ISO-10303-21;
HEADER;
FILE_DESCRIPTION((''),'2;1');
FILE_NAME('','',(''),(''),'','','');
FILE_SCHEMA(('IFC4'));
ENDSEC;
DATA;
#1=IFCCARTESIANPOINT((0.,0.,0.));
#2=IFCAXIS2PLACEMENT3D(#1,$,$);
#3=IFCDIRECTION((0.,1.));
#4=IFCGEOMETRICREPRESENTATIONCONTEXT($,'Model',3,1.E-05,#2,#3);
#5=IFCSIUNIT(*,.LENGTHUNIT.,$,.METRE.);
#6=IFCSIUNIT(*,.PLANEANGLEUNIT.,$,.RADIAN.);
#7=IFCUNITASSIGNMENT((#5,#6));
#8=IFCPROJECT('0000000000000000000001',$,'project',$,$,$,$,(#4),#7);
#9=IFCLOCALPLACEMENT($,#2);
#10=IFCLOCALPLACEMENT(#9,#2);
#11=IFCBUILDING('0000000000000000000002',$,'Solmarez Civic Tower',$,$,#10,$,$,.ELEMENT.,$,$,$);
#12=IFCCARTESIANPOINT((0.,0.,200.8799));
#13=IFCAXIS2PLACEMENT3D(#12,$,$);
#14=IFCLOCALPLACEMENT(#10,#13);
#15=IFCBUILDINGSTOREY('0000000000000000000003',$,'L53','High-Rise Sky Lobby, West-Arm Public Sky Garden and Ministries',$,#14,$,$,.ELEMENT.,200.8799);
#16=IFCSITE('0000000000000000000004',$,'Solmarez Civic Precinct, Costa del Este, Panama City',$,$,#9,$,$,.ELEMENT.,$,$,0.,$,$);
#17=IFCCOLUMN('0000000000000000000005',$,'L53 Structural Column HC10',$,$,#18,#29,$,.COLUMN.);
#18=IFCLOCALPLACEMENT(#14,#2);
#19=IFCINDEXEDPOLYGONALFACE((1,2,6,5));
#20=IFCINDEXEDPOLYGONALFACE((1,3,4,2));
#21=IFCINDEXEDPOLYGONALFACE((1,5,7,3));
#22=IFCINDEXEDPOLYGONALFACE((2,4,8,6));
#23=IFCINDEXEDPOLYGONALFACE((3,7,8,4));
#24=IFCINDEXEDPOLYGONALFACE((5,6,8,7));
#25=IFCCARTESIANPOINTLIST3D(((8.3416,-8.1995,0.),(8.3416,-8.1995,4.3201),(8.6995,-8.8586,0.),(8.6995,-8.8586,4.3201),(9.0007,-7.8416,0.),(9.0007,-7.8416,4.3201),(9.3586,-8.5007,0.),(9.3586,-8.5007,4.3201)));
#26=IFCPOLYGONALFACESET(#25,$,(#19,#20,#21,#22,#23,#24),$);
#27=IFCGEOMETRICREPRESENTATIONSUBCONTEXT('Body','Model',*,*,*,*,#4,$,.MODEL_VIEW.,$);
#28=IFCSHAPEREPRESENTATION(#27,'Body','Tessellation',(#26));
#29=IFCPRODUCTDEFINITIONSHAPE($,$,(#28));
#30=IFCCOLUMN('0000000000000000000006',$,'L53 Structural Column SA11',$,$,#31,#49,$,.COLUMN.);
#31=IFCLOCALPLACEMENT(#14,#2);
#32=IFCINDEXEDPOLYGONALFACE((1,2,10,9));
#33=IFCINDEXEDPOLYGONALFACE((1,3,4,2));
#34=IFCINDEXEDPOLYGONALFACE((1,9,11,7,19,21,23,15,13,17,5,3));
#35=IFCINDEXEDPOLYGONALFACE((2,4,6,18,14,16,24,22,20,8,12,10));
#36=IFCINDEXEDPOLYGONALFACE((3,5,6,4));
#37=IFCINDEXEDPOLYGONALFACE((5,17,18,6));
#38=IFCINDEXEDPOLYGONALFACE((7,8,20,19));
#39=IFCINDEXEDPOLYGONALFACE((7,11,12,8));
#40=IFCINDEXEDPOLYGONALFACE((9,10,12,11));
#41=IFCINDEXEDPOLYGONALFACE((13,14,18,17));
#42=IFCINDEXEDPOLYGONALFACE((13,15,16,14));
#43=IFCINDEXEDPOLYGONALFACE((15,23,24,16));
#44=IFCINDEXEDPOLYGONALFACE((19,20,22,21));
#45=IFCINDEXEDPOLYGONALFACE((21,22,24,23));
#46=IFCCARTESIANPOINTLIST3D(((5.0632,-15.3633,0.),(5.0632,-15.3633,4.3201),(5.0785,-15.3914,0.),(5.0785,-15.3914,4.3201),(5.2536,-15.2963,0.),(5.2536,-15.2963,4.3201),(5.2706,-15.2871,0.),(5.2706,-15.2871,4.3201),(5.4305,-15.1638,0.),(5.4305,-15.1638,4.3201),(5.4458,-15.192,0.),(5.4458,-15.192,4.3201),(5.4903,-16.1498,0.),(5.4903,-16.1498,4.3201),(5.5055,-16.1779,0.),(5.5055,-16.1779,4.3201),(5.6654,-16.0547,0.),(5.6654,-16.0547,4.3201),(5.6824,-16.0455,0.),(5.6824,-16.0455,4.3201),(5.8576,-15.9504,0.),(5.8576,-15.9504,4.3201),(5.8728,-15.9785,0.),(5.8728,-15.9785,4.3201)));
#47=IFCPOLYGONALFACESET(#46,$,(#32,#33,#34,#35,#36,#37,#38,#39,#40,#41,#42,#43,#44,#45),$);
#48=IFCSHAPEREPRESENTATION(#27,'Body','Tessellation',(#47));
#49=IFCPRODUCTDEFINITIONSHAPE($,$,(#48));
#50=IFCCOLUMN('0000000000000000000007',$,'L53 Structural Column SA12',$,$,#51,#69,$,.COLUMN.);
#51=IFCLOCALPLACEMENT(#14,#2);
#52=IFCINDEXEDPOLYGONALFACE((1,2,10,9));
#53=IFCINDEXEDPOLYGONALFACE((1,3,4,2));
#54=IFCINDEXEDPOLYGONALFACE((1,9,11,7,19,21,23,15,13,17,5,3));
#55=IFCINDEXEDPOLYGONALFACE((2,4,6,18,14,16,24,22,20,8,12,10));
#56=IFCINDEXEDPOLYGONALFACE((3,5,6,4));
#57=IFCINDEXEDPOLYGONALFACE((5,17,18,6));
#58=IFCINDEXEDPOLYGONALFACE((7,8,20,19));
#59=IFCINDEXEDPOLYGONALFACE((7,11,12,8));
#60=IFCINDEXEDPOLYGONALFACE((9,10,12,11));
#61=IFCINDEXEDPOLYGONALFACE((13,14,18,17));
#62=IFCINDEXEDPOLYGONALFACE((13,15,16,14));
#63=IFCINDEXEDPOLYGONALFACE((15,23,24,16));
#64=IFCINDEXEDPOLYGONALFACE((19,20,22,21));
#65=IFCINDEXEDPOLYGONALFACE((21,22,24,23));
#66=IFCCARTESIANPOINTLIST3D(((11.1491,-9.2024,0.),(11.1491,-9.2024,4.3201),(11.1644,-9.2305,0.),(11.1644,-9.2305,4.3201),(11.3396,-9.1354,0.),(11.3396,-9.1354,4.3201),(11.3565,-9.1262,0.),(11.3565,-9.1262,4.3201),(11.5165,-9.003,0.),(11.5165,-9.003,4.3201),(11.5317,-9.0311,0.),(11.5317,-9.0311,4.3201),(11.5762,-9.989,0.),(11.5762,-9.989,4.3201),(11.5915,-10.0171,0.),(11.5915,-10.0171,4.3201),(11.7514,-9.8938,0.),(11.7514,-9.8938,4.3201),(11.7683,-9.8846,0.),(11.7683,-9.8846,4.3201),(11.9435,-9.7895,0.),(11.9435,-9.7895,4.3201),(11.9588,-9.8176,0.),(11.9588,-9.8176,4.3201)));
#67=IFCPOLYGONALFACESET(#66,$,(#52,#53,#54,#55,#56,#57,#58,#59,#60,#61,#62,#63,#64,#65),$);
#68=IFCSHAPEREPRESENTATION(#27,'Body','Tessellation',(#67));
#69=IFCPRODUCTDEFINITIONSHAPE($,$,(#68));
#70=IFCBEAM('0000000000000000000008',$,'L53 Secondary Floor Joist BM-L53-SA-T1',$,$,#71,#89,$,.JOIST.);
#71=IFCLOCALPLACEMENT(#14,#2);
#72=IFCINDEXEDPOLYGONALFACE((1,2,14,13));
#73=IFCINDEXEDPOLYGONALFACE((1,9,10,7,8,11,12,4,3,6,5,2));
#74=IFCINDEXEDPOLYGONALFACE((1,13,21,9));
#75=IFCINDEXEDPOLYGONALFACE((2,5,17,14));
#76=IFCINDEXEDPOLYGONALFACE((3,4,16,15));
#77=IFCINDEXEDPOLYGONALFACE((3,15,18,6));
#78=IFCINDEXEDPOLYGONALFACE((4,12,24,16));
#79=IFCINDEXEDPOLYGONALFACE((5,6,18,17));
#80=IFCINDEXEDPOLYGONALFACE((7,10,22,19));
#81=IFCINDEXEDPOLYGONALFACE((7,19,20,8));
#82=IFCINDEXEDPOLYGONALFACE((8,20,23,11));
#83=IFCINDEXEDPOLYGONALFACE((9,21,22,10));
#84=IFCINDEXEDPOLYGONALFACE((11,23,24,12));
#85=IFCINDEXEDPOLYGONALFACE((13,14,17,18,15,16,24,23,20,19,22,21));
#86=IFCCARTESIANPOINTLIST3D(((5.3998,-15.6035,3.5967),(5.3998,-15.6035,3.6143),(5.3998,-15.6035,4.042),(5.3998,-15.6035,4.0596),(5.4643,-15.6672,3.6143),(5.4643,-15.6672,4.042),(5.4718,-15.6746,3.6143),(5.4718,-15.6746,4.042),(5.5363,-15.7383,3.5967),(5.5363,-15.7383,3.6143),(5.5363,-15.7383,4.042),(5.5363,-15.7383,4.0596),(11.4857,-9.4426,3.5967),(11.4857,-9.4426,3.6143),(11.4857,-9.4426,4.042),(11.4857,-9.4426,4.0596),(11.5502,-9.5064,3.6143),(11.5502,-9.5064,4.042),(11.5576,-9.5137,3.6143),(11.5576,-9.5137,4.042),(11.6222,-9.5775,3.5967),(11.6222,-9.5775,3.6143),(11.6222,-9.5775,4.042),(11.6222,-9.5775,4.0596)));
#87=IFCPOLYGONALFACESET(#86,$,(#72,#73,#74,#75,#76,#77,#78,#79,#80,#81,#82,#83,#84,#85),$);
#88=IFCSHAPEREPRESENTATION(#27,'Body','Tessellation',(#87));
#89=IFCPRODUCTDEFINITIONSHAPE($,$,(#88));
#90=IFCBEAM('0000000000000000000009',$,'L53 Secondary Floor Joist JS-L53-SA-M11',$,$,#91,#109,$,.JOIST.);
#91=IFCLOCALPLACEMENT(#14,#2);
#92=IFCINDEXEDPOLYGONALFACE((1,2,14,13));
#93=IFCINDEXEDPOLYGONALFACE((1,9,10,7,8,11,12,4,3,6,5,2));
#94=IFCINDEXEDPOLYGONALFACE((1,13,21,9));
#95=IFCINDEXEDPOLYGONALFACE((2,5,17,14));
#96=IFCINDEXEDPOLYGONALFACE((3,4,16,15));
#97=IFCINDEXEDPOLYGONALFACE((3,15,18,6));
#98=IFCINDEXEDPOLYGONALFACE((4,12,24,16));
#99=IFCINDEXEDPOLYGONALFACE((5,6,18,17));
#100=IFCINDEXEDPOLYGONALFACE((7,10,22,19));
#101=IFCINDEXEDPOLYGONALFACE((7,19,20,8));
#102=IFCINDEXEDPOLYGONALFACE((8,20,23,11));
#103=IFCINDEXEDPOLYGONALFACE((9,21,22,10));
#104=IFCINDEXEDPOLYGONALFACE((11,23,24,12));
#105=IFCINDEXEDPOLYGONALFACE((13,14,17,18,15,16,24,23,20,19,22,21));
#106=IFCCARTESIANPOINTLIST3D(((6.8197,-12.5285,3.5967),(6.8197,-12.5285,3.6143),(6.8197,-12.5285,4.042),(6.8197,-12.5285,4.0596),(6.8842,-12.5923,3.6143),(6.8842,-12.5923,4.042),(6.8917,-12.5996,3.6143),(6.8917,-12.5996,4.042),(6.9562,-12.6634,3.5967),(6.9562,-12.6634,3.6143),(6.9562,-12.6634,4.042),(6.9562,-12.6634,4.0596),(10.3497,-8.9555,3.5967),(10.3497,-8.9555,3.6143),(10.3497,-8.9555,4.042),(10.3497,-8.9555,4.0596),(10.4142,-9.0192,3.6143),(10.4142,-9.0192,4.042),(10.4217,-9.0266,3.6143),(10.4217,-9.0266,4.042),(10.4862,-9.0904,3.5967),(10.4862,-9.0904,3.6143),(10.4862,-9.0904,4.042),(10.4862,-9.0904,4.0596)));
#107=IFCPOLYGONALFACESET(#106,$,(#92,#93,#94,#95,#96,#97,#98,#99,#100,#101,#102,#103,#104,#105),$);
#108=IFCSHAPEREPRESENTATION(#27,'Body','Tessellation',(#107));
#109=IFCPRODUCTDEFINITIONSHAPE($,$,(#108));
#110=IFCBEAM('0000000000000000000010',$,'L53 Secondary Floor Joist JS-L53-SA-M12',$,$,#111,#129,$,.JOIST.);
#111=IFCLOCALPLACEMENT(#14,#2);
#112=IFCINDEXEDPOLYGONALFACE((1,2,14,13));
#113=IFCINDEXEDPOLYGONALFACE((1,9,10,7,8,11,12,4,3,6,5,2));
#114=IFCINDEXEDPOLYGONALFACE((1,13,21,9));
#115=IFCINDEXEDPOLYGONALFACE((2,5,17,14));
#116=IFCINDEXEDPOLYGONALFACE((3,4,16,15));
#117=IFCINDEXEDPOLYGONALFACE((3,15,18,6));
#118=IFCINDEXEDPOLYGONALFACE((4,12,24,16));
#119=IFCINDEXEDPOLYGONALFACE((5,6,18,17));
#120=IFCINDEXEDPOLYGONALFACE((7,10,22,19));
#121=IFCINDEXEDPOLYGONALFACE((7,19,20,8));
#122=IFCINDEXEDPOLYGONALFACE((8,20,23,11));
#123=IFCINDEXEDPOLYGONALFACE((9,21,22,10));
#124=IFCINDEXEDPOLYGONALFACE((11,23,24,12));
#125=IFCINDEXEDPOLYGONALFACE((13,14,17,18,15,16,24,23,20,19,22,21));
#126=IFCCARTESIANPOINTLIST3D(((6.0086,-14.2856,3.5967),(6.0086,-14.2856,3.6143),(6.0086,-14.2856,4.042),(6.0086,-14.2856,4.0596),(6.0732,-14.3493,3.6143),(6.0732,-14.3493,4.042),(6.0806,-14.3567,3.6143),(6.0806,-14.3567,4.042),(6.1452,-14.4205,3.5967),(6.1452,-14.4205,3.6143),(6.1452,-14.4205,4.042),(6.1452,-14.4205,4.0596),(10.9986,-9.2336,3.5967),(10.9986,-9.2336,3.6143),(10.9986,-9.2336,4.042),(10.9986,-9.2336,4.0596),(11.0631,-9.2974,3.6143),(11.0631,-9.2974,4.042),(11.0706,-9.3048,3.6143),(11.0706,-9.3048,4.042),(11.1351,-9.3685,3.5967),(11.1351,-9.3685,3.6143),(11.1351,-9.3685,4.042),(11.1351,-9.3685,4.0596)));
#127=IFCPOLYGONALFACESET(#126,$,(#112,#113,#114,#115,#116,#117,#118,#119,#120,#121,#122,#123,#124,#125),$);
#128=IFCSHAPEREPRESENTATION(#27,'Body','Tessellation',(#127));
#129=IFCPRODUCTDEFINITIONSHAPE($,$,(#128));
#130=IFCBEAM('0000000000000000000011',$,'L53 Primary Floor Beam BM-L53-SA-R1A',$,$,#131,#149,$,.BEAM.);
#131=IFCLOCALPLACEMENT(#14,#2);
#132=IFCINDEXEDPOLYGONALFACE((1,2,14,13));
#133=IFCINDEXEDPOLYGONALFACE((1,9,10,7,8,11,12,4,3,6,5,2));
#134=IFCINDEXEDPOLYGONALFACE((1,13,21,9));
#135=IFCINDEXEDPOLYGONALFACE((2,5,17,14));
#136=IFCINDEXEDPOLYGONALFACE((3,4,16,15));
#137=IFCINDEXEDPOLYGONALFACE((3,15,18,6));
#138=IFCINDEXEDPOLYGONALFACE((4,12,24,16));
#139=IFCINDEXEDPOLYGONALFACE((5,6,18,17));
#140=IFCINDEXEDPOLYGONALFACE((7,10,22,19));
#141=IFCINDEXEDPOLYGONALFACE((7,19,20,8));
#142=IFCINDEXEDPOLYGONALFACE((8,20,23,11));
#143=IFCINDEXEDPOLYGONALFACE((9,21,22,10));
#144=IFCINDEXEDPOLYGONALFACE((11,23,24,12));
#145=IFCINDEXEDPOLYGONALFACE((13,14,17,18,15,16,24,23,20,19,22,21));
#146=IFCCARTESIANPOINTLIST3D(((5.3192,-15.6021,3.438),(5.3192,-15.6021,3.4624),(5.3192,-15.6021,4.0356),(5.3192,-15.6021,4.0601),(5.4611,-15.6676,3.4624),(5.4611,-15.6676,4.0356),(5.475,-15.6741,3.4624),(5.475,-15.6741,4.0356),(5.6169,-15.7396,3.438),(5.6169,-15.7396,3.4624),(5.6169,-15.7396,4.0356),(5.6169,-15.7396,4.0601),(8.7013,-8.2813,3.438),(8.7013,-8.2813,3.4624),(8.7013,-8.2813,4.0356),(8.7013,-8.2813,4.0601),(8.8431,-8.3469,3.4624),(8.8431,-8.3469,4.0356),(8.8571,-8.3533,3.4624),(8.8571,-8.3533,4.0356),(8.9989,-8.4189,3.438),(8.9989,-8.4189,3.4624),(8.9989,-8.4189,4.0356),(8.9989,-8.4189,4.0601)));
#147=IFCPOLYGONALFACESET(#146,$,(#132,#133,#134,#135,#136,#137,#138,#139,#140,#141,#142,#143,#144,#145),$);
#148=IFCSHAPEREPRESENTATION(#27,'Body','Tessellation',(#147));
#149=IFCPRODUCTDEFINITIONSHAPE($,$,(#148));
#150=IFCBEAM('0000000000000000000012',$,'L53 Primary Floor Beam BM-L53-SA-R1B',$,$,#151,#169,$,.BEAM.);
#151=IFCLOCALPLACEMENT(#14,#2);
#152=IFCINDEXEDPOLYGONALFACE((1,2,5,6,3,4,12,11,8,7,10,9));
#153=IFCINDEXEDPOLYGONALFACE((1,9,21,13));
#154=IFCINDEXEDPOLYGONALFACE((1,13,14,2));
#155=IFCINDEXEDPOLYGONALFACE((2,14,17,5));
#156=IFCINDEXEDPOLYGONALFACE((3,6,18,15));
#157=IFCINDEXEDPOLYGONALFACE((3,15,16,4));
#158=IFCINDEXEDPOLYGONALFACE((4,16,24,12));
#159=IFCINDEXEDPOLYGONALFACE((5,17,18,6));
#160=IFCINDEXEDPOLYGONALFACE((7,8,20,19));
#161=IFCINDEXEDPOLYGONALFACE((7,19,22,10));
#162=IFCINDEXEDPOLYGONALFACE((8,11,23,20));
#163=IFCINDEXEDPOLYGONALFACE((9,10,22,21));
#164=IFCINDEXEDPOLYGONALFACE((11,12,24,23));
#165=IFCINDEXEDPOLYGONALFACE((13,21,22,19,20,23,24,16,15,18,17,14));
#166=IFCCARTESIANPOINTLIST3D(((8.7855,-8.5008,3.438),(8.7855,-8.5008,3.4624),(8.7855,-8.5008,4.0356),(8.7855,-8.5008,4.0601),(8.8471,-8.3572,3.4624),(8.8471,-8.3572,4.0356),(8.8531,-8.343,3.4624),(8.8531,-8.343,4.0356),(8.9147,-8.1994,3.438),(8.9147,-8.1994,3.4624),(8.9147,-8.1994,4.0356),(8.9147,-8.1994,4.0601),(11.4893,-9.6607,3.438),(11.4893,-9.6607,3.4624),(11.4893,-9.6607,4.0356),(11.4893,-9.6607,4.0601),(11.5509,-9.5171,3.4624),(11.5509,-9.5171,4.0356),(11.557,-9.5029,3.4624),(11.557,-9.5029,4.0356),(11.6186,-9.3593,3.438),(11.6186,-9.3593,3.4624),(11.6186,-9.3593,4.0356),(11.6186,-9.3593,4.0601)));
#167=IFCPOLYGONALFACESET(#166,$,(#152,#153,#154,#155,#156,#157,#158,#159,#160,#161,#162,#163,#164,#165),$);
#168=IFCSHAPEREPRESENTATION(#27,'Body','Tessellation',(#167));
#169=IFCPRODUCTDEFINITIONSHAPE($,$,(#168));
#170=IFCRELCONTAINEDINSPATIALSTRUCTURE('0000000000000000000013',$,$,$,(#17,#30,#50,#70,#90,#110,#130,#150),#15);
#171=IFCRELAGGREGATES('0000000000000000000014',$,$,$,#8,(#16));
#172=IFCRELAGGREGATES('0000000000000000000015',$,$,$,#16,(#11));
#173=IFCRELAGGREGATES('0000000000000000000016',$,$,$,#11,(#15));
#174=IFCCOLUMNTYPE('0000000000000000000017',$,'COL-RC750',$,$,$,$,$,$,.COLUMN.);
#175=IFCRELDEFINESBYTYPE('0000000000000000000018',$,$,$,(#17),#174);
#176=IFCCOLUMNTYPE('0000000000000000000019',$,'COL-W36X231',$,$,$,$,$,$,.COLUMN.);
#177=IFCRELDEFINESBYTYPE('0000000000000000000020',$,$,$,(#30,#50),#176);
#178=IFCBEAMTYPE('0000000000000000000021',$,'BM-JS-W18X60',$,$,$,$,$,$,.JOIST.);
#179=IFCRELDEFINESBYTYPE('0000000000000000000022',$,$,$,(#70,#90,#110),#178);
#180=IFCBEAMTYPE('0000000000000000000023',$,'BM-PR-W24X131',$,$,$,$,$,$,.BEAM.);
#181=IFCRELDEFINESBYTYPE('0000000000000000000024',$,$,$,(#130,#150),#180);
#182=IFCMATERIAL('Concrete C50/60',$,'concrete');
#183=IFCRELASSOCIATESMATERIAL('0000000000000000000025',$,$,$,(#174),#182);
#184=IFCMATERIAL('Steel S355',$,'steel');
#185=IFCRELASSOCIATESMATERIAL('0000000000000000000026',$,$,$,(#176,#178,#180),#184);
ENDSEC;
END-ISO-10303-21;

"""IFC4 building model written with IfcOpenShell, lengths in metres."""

from ifc_helpers import new_model, si_unit, direction, frame, origin, origin_2d, place, context, subcontext, project, spatial, rectangle, i_section, extrude, material, material_profile, profile_set, type_object, element, save


model = new_model("IFC4")

# Units and contexts
model_context = context("Model", 3, precision=1e-05, world=origin(), true_north=direction((0.0, 1.0)))
body_context = subcontext(model_context, "Body", "Model", "MODEL_VIEW")
ifc_project = project(units=[si_unit("LENGTHUNIT", "METRE"), si_unit("PLANEANGLEUNIT", "RADIAN")], contexts=[model_context])

# Site, building, storey
site_placement = place(None, origin())
site = spatial("IfcSite", under=ifc_project, at=site_placement, Name="Solmarez Civic Precinct, Costa del Este, Panama City", CompositionType="ELEMENT", RefElevation=0.0)
building_placement = place(site_placement, origin())
building = spatial("IfcBuilding", under=site, at=building_placement, Name="Solmarez Civic Tower", CompositionType="ELEMENT")
storey_placement = place(building_placement, frame((0.0, 0.0, 200.8799)))
storey = spatial("IfcBuildingStorey", under=building, at=storey_placement, Name="L53", Description="High-Rise Sky Lobby, West-Arm Public Sky Garden and Ministries", CompositionType="ELEMENT", Elevation=200.8799)

# Columns
ifc_material_1 = material(Name="Concrete C50/60", Category="concrete")
ifc_material_profile_1 = material_profile(ifc_material_1, rectangle(XDim=0.75, YDim=0.75, at=origin_2d()), Name="RC750X750")
ifc_profile_set_1 = profile_set([ifc_material_profile_1], Name="Concrete C50/60")
column_type_1 = type_object("IfcColumnType", Name="COL-RC750", PredefinedType="COLUMN", material=ifc_profile_set_1)
column_placement = place(storey_placement, frame((8.8501, -8.3501, 0.0), z_axis=(0.0, 0.0, 1.0), x_axis=(0.878817, 0.477159, 0.0)))
element("IfcColumn", 1, at=column_placement, inside=storey, type_object=column_type_1, Name="L53 Structural Column HC10", PredefinedType="COLUMN", context=body_context, shape_type="SweptSolid", body=[
    extrude(rectangle(XDim=0.75, YDim=0.75, at=origin_2d()), origin(), (0.0, 0.0, 1.0), 4.3201),
])
ifc_material_2 = material(Name="Steel S355", Category="steel")
ifc_material_profile_2 = material_profile(ifc_material_2, i_section(OverallWidth=0.418, OverallDepth=0.927, WebThickness=0.0193, FlangeThickness=0.032, at=origin_2d()), Name="W36X231")
ifc_profile_set_2 = profile_set([ifc_material_profile_2], Name="Steel S355")
column_type_2 = type_object("IfcColumnType", Name="COL-W36X231", PredefinedType="COLUMN", material=ifc_profile_set_2)
for number, where, z_axis, x_axis, name in (
    (2, (5.468, -15.6709, 0.0), (0.0, 0.0, 1.0), (0.878817, 0.477159, 0.0), "L53 Structural Column SA11"),
    (3, (11.554, -9.51, 0.0), (0.0, 0.0, 1.0), (0.878817, 0.477159, 0.0), "L53 Structural Column SA12"),
):
    element("IfcColumn", number, at=place(storey_placement, frame(where, z_axis=z_axis, x_axis=x_axis)), inside=storey, type_object=column_type_2, Name=name, PredefinedType="COLUMN", context=body_context, shape_type="SweptSolid", body=[
        extrude(i_section(OverallWidth=0.418, OverallDepth=0.927, WebThickness=0.0193, FlangeThickness=0.032, at=origin_2d()), origin(), (0.0, 0.0, 1.0), 4.3201),
    ])

# Beams
ifc_material_profile_3 = material_profile(ifc_material_2, i_section(OverallWidth=0.1919, OverallDepth=0.4629, WebThickness=0.0105, FlangeThickness=0.0176, at=origin_2d()), Name="W18X60")
ifc_profile_set_3 = profile_set([ifc_material_profile_3], Name="Steel S355")
beam_type_1 = type_object("IfcBeamType", Name="BM-JS-W18X60", PredefinedType="JOIST", material=ifc_profile_set_3)
beam_1_placement = place(storey_placement, frame((5.468, -15.6709, 3.8281), z_axis=(0.702766, 0.711421, 0.0), x_axis=(-0.711421, 0.702766, 0.0)))
element("IfcBeam", 4, at=beam_1_placement, inside=storey, type_object=beam_type_1, Name="L53 Secondary Floor Joist BM-L53-SA-T1", PredefinedType="JOIST", context=body_context, shape_type="SweptSolid", body=[
    extrude(i_section(OverallWidth=0.1919, OverallDepth=0.4629, WebThickness=0.0105, FlangeThickness=0.0176, at=origin_2d()), origin(), (0.0, 0.0, 1.0), 8.6599),
])
beam_2_placement = place(storey_placement, frame((6.8879, -12.5959, 3.8281), z_axis=(0.702816, 0.711371, 0.0), x_axis=(-0.711371, 0.702816, 0.0)))
element("IfcBeam", 5, at=beam_2_placement, inside=storey, type_object=beam_type_1, Name="L53 Secondary Floor Joist JS-L53-SA-M11", PredefinedType="JOIST", context=body_context, shape_type="SweptSolid", body=[
    extrude(i_section(OverallWidth=0.1919, OverallDepth=0.4629, WebThickness=0.0105, FlangeThickness=0.0176, at=origin_2d()), origin(), (0.0, 0.0, 1.0), 5.0227),
])
beam_3_placement = place(storey_placement, frame((6.0769, -14.353, 3.8281), z_axis=(0.702727, 0.71146, 0.0), x_axis=(-0.71146, 0.702727, 0.0)))
element("IfcBeam", 6, at=beam_3_placement, inside=storey, type_object=beam_type_1, Name="L53 Secondary Floor Joist JS-L53-SA-M12", PredefinedType="JOIST", context=body_context, shape_type="SweptSolid", body=[
    extrude(i_section(OverallWidth=0.1919, OverallDepth=0.4629, WebThickness=0.0105, FlangeThickness=0.0176, at=origin_2d()), origin(), (0.0, 0.0, 1.0), 7.1008),
])
ifc_material_profile_4 = material_profile(ifc_material_2, i_section(OverallWidth=0.3279, OverallDepth=0.6221, WebThickness=0.0154, FlangeThickness=0.0244, at=origin_2d()), Name="W24X131")
ifc_profile_set_4 = profile_set([ifc_material_profile_4], Name="Steel S355")
beam_type_2 = type_object("IfcBeamType", Name="BM-PR-W24X131", PredefinedType="BEAM", material=ifc_profile_set_4)
beam_4_placement = place(storey_placement, frame((8.8501, -8.3501, 3.749), z_axis=(-0.41939, -0.907806, 0.0), x_axis=(0.907806, -0.41939, 0.0)))
element("IfcBeam", 7, at=beam_4_placement, inside=storey, type_object=beam_type_2, Name="L53 Primary Floor Beam BM-L53-SA-R1A", PredefinedType="BEAM", context=body_context, shape_type="SweptSolid", body=[
    extrude(i_section(OverallWidth=0.3279, OverallDepth=0.6221, WebThickness=0.0154, FlangeThickness=0.0244, at=origin_2d()), origin(), (0.0, 0.0, 1.0), 8.0642),
])
beam_5_placement = place(storey_placement, frame((8.8501, -8.3501, 3.749), z_axis=(0.919008, -0.39424, 0.0), x_axis=(0.39424, 0.919008, 0.0)))
element("IfcBeam", 8, at=beam_5_placement, inside=storey, type_object=beam_type_2, Name="L53 Primary Floor Beam BM-L53-SA-R1B", PredefinedType="BEAM", context=body_context, shape_type="SweptSolid", body=[
    extrude(i_section(OverallWidth=0.3279, OverallDepth=0.6221, WebThickness=0.0154, FlangeThickness=0.0244, at=origin_2d()), origin(), (0.0, 0.0, 1.0), 2.9421),
])

save(model, "model.ifc")
